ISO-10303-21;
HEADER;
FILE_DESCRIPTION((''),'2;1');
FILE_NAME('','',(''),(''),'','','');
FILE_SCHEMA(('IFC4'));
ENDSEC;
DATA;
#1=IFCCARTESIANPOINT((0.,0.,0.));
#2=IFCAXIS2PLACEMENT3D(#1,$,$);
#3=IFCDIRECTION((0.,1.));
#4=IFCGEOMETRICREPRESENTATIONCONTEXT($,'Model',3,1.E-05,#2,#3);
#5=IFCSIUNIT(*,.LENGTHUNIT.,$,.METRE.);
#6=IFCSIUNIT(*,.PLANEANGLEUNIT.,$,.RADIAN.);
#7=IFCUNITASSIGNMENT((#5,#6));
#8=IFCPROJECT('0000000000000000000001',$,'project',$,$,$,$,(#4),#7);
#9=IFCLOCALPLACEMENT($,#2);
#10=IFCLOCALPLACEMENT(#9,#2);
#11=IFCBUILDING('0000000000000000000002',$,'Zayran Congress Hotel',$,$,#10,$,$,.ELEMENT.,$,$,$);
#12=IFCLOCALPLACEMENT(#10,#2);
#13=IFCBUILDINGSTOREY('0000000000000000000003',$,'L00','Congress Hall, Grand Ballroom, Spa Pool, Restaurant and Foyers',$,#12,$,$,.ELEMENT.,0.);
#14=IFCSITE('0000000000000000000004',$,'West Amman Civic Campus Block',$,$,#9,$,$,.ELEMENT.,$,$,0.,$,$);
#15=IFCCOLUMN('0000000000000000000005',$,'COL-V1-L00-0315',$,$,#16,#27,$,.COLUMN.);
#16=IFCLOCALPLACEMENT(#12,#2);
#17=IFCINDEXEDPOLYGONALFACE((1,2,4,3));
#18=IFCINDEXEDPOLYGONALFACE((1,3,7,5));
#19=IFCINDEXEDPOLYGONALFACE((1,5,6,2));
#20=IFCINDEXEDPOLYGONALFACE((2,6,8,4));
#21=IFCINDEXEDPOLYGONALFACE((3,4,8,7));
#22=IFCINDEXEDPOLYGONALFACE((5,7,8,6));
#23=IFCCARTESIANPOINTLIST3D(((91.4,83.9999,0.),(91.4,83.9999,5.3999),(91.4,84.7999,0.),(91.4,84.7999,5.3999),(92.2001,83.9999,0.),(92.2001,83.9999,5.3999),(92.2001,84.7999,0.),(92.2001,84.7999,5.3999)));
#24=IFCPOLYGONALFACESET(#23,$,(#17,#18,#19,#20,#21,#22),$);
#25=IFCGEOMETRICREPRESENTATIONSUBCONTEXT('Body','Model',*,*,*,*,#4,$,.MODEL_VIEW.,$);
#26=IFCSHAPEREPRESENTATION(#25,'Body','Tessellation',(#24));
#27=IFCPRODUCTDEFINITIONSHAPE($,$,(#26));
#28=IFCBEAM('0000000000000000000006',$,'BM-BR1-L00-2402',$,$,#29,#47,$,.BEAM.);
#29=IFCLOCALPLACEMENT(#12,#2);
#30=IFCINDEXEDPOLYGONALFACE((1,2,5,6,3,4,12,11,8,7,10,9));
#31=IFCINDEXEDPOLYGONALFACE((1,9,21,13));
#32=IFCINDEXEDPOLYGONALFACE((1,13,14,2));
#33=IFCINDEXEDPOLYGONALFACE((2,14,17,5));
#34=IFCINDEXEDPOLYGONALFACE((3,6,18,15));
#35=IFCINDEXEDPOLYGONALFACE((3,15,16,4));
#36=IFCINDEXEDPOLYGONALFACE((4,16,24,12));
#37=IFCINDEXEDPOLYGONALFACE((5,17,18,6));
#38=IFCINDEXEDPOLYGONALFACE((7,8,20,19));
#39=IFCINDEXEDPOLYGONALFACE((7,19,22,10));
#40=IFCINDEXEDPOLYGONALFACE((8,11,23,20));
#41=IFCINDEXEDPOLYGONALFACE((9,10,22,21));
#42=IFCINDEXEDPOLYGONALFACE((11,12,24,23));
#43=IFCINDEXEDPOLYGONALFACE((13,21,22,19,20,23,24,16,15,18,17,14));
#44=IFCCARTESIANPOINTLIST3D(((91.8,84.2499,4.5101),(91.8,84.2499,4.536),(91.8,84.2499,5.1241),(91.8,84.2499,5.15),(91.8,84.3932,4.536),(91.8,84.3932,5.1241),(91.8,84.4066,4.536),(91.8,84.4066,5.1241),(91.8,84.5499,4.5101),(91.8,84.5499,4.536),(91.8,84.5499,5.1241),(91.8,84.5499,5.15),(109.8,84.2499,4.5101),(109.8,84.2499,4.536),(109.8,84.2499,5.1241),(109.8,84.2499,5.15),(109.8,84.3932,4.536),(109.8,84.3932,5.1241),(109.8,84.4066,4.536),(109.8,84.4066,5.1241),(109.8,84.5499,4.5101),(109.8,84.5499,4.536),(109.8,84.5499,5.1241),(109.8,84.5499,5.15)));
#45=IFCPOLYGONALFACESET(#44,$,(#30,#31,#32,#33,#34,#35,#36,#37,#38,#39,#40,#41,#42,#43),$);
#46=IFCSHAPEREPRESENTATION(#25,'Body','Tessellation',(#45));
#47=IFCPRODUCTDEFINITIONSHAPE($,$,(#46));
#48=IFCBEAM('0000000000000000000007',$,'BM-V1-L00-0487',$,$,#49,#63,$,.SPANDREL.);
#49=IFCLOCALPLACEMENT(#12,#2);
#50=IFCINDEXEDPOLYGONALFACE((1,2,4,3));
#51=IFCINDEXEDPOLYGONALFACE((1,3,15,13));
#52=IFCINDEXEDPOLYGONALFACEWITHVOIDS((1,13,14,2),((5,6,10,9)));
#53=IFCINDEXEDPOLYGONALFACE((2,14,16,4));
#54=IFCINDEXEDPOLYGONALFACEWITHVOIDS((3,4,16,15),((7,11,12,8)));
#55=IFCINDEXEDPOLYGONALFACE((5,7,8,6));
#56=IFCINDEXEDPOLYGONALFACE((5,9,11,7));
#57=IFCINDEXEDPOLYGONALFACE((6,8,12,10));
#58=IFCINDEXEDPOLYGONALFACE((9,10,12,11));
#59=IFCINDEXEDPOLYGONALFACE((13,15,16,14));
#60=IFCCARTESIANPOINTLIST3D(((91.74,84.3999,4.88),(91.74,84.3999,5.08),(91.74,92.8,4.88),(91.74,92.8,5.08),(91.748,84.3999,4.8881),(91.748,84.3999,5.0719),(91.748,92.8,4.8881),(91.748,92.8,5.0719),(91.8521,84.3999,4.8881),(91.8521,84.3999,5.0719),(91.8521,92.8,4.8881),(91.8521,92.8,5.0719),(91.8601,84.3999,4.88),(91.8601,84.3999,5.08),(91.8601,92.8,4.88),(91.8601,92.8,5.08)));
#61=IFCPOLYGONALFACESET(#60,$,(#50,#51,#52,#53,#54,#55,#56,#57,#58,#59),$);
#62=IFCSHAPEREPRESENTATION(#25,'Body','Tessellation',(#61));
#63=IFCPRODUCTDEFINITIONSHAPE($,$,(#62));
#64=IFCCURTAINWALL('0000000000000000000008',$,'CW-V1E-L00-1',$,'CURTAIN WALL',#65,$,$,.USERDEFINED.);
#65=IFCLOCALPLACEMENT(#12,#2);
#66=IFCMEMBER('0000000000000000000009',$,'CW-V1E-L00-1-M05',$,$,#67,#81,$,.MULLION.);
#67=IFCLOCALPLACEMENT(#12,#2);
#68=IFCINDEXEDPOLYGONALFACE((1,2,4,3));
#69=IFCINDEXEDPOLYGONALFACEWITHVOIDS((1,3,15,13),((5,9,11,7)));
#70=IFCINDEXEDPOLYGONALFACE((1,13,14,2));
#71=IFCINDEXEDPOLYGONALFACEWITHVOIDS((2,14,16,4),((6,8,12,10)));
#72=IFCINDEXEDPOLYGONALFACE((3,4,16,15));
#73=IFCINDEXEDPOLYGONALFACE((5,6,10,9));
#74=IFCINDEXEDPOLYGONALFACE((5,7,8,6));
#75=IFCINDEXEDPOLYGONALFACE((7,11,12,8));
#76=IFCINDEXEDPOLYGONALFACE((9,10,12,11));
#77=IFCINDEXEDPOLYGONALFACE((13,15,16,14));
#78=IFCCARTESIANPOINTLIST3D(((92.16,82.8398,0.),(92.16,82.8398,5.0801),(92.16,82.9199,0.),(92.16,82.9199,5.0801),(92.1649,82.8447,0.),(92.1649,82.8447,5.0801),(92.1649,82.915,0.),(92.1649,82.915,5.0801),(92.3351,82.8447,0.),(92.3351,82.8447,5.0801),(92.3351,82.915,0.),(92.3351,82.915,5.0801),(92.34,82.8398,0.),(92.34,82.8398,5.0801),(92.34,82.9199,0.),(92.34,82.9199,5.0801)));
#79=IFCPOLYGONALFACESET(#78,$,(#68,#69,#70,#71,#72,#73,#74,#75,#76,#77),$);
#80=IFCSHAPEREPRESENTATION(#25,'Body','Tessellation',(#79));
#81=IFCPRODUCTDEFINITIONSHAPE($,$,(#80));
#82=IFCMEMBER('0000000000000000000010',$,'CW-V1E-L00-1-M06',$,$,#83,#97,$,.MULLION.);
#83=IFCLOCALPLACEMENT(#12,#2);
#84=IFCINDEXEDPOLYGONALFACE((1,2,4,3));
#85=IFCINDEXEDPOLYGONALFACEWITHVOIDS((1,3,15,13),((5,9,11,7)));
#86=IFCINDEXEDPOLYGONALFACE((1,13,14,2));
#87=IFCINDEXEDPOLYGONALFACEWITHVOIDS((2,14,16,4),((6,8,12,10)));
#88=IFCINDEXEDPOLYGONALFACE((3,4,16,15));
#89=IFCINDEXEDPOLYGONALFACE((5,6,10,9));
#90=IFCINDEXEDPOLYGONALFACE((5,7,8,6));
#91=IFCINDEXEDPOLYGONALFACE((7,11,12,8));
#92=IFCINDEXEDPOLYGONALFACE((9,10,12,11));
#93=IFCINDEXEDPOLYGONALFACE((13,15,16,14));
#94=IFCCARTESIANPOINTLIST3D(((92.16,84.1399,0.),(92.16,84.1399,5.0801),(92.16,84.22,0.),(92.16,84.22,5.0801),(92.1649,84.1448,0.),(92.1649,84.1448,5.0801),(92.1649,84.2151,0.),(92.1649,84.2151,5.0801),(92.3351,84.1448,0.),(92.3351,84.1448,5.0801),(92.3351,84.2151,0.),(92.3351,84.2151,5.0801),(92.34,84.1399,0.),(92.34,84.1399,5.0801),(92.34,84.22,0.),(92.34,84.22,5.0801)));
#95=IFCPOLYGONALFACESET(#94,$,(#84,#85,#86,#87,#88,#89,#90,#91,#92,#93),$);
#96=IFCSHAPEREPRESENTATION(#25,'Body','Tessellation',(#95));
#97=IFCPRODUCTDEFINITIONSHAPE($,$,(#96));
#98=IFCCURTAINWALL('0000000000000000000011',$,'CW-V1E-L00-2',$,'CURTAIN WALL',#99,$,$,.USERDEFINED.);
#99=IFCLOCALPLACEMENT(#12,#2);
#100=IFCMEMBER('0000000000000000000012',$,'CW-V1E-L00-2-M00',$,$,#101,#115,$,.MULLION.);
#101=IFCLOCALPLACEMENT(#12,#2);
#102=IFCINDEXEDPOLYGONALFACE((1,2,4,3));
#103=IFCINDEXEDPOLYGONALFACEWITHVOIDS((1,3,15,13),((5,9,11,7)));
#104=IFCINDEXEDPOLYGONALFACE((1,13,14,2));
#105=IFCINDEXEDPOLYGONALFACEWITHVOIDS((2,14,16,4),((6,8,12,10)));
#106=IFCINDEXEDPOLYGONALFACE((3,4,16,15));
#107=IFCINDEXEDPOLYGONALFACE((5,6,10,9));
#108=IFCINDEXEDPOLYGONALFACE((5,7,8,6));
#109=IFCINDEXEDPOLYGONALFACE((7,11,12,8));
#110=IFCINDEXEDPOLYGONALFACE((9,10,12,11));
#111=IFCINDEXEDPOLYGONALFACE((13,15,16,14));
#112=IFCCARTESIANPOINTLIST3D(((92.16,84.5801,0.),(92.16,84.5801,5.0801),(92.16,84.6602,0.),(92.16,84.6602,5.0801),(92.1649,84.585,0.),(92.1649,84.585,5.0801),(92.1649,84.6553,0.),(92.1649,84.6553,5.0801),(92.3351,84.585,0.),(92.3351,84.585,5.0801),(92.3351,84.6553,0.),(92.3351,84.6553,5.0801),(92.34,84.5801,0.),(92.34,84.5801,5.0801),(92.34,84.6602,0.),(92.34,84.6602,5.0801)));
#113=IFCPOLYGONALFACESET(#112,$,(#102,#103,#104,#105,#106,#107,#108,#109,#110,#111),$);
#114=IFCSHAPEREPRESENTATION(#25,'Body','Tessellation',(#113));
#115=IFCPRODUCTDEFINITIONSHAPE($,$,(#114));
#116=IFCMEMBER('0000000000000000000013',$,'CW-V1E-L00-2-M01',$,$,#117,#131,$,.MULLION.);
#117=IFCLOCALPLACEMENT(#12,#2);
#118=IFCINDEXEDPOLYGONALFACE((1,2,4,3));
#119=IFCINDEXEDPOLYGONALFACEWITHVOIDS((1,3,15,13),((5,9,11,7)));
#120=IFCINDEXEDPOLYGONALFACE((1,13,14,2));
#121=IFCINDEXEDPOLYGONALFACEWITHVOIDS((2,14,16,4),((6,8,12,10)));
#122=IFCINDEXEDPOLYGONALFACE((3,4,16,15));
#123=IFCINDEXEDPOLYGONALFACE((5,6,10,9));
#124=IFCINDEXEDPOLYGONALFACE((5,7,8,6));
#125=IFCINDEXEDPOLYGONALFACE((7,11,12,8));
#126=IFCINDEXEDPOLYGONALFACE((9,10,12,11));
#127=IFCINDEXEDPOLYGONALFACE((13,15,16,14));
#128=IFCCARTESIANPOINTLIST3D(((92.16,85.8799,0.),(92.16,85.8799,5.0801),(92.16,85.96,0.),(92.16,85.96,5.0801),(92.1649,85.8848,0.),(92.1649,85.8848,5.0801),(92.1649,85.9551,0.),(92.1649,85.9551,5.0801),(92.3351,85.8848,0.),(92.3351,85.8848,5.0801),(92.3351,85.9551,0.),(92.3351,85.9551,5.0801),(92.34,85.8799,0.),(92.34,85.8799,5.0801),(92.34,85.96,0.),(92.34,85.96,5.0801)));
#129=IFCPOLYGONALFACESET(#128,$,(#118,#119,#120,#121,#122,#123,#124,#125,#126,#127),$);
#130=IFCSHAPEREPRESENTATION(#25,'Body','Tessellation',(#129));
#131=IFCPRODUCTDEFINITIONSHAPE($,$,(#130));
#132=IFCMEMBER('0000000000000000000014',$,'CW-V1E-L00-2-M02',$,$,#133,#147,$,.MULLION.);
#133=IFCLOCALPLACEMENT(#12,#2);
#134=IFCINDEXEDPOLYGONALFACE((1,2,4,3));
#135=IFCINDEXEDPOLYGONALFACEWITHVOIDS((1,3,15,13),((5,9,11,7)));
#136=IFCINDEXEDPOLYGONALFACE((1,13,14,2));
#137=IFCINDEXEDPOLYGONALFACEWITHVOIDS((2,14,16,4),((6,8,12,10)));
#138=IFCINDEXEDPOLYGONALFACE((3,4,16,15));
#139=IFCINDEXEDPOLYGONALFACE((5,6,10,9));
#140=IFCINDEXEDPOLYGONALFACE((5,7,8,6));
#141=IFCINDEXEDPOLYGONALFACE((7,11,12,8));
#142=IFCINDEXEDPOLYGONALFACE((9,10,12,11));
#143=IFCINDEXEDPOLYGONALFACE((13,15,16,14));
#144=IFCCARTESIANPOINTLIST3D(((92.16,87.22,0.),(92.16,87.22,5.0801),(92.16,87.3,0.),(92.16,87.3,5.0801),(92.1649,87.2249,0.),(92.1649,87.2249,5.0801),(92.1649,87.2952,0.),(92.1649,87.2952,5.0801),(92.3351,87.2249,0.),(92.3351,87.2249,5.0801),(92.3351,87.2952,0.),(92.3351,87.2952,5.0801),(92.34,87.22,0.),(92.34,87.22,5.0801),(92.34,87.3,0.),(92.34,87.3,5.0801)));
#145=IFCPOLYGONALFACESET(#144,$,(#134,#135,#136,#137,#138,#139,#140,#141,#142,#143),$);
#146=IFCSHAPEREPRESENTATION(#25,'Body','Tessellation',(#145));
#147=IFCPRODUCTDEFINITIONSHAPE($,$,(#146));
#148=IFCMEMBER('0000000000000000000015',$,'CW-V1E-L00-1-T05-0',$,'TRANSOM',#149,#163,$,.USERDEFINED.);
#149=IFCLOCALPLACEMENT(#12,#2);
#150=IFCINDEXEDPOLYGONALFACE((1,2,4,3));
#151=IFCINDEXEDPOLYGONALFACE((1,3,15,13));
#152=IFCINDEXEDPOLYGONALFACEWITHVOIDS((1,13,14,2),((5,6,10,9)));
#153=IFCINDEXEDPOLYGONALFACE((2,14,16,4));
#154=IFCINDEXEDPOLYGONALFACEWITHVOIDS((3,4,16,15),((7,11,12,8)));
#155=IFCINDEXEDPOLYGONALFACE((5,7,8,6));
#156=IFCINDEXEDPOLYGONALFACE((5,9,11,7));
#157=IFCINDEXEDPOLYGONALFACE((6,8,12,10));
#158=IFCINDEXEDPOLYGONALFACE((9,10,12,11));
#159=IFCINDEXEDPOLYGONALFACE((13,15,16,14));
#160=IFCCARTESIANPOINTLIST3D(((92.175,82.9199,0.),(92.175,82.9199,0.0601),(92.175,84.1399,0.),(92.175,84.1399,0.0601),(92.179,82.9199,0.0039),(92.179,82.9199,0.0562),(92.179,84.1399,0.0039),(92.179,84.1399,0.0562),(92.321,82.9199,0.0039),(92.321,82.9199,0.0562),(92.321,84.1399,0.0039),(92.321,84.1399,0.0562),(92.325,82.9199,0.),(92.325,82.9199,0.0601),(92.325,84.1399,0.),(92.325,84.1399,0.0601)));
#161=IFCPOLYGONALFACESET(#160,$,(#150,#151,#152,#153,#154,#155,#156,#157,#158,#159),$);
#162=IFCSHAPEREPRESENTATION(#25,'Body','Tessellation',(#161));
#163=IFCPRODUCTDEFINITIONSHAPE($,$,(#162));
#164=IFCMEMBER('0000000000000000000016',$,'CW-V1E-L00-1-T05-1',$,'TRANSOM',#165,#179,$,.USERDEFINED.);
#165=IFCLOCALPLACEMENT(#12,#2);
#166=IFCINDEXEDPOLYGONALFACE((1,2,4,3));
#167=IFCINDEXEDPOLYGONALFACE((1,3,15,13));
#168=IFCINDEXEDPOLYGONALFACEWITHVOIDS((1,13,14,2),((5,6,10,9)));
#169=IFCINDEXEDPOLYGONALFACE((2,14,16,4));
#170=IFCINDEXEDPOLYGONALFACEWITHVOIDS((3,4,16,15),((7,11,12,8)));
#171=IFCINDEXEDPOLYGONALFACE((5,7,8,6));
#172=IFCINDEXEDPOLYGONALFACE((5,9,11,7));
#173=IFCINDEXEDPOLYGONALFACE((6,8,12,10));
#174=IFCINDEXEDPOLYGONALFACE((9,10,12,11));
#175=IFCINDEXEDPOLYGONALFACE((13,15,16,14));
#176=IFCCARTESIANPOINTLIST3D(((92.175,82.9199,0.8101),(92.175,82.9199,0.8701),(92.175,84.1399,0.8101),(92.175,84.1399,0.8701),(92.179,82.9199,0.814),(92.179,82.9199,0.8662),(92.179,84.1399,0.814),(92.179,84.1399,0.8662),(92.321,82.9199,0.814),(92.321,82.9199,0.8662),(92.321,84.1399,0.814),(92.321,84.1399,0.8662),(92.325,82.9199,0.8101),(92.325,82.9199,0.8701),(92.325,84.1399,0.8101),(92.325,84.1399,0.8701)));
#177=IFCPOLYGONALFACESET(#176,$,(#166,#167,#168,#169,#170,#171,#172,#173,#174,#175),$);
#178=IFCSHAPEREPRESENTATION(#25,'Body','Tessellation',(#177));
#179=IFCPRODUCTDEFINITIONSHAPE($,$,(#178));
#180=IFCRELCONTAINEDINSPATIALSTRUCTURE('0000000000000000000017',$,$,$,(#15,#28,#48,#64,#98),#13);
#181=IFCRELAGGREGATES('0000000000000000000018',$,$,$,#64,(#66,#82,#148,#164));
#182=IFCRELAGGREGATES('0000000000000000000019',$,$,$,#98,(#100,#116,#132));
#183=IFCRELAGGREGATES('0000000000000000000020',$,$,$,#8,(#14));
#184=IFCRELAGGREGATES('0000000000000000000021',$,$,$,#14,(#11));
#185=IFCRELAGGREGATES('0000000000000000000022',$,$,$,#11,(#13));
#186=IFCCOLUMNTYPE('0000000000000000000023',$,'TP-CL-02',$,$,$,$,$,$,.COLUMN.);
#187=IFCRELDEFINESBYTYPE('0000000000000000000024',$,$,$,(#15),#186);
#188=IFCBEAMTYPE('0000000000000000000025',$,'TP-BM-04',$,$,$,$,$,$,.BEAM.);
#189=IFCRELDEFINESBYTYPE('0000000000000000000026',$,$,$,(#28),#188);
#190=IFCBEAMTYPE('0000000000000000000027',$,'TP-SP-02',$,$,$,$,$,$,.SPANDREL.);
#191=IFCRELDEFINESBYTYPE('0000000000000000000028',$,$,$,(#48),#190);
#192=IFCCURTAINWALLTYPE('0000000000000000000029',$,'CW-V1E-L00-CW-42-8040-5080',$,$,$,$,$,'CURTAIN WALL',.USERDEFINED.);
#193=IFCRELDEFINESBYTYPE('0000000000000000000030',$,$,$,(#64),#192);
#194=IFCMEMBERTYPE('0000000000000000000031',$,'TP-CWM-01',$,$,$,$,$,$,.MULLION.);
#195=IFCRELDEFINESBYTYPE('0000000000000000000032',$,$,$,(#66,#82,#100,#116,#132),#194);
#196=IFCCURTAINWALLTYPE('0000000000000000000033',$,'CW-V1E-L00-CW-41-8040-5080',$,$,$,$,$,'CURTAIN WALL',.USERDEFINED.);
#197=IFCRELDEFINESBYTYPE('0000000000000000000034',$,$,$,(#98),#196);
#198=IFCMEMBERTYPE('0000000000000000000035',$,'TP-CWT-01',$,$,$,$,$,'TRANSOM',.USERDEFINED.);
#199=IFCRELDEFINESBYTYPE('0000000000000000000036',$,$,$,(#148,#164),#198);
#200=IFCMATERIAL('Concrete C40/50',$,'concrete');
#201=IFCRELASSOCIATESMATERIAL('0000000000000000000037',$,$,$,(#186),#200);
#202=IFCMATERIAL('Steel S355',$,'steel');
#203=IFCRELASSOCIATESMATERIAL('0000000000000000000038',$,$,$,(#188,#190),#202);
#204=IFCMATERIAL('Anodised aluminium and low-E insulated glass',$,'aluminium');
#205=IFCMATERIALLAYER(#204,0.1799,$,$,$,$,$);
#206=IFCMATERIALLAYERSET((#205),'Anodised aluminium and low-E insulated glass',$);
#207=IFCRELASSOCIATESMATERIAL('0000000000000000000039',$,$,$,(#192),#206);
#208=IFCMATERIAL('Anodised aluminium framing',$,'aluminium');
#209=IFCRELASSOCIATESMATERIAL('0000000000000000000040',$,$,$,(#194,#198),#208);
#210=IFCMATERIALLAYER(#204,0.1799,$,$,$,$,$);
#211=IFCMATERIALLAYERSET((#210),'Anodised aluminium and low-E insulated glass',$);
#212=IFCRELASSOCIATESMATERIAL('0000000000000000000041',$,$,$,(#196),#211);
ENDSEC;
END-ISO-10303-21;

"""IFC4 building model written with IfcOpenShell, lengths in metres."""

from ifc_helpers import new_model, si_unit, direction, frame, origin, origin_2d, place, context, subcontext, project, spatial, rectangle, hollow_rectangle, i_section, extrude, material, layer, layer_set, material_profile, profile_set, type_object, element, aggregate, save


model = new_model("IFC4")

# Units and contexts
model_context = context("Model", 3, precision=1e-05, world=origin(), true_north=direction((0.0, 1.0)))
body_context = subcontext(model_context, "Body", "Model", "MODEL_VIEW")
ifc_project = project(units=[si_unit("LENGTHUNIT", "METRE"), si_unit("PLANEANGLEUNIT", "RADIAN")], contexts=[model_context])

# Site, building, storey
site_placement = place(None, origin())
site = spatial("IfcSite", under=ifc_project, at=site_placement, Name="West Amman Civic Campus Block", CompositionType="ELEMENT", RefElevation=0.0)
building_placement = place(site_placement, origin())
building = spatial("IfcBuilding", under=site, at=building_placement, Name="Zayran Congress Hotel", CompositionType="ELEMENT")
storey_placement = place(building_placement, origin())
storey = spatial("IfcBuildingStorey", under=building, at=storey_placement, Name="L00", Description="Congress Hall, Grand Ballroom, Spa Pool, Restaurant and Foyers", CompositionType="ELEMENT", Elevation=0.0)

# Column
ifc_material_1 = material(Name="Concrete C40/50", Category="concrete")
ifc_material_profile_1 = material_profile(ifc_material_1, rectangle(XDim=0.8, YDim=0.8, at=origin_2d()), Name="RC 800x800")
ifc_profile_set_1 = profile_set([ifc_material_profile_1], Name="Concrete C40/50")
column_type = type_object("IfcColumnType", Name="TP-CL-02", PredefinedType="COLUMN", material=ifc_profile_set_1)
column_placement = place(storey_placement, frame((91.8, 84.3999, 0.0), z_axis=(0.0, 0.0, 1.0), x_axis=(1.0, 0.0, 0.0)))
element("IfcColumn", 1, at=column_placement, inside=storey, type_object=column_type, Name="COL-V1-L00-0315", PredefinedType="COLUMN", context=body_context, shape_type="SweptSolid", body=[
    extrude(rectangle(XDim=0.8, YDim=0.8, at=origin_2d()), origin(), (0.0, 0.0, 1.0), 5.3999),
])

# Beams
ifc_material_2 = material(Name="Steel S355", Category="steel")
ifc_material_profile_2 = material_profile(ifc_material_2, i_section(OverallWidth=0.3, OverallDepth=0.6399, WebThickness=0.0134, FlangeThickness=0.0259, at=origin_2d()), Name="HEA 650")
ifc_profile_set_2 = profile_set([ifc_material_profile_2], Name="Steel S355")
beam_type_1 = type_object("IfcBeamType", Name="TP-BM-04", PredefinedType="BEAM", material=ifc_profile_set_2)
beam_1_placement = place(storey_placement, frame((91.8, 84.3999, 4.8301), z_axis=(1.0, 0.0, 0.0), x_axis=(0.0, 1.0, 0.0)))
element("IfcBeam", 2, at=beam_1_placement, inside=storey, type_object=beam_type_1, Name="BM-BR1-L00-2402", PredefinedType="BEAM", context=body_context, shape_type="SweptSolid", body=[
    extrude(i_section(OverallWidth=0.3, OverallDepth=0.6399, WebThickness=0.0134, FlangeThickness=0.0259, at=origin_2d()), origin(), (0.0, 0.0, 1.0), 18.0),
])
ifc_material_profile_3 = material_profile(ifc_material_2, hollow_rectangle(XDim=0.1201, YDim=0.2, WallThickness=0.0081, at=origin_2d()), Name="RHS 200x120x8")
ifc_profile_set_3 = profile_set([ifc_material_profile_3], Name="Steel S355")
beam_type_2 = type_object("IfcBeamType", Name="TP-SP-02", PredefinedType="SPANDREL", material=ifc_profile_set_3)
beam_2_placement = place(storey_placement, frame((91.8, 84.3999, 4.98), z_axis=(0.0, 1.0, 0.0), x_axis=(-1.0, 0.0, 0.0)))
element("IfcBeam", 3, at=beam_2_placement, inside=storey, type_object=beam_type_2, Name="BM-V1-L00-0487", PredefinedType="SPANDREL", context=body_context, shape_type="SweptSolid", body=[
    extrude(hollow_rectangle(XDim=0.1201, YDim=0.2, WallThickness=0.0081, at=origin_2d()), origin(), (0.0, 0.0, 1.0), 8.4001),
])

# Curtain walls, members
ifc_material_3 = material(Name="Anodised aluminium and low-E insulated glass", Category="aluminium")
ifc_layer_1 = layer(ifc_material_3, 0.1799)
ifc_layer_set_1 = layer_set([ifc_layer_1], Name="Anodised aluminium and low-E insulated glass")
curtain_wall_type_1 = type_object("IfcCurtainWallType", Name="CW-V1E-L00-CW-42-8040-5080", ElementType="CURTAIN WALL", PredefinedType="USERDEFINED", material=ifc_layer_set_1)
curtain_wall_1_placement = place(storey_placement, origin())
curtain_wall_1 = element("IfcCurtainWall", 4, at=curtain_wall_1_placement, inside=storey, type_object=curtain_wall_type_1, Name="CW-V1E-L00-1", ObjectType="CURTAIN WALL", PredefinedType="USERDEFINED")
ifc_material_4 = material(Name="Anodised aluminium framing", Category="aluminium")
ifc_material_profile_4 = material_profile(ifc_material_4, hollow_rectangle(XDim=0.0801, YDim=0.1799, WallThickness=0.0049, at=origin_2d()), Name="RHS 180x80x5")
ifc_profile_set_4 = profile_set([ifc_material_profile_4], Name="Anodised aluminium framing")
member_type_1 = type_object("IfcMemberType", Name="TP-CWM-01", PredefinedType="MULLION", material=ifc_profile_set_4)
member_1_placement = place(storey_placement, frame((92.25, 82.8799, 0.0), z_axis=(0.0, 0.0, 1.0), x_axis=(0.0, 1.0, 0.0)))
member_1 = element("IfcMember", 5, at=member_1_placement, type_object=member_type_1, Name="CW-V1E-L00-1-M05", PredefinedType="MULLION", context=body_context, shape_type="SweptSolid", body=[
    extrude(hollow_rectangle(XDim=0.0801, YDim=0.1799, WallThickness=0.0049, at=origin_2d()), origin(), (0.0, 0.0, 1.0), 5.0801),
])
member_2_placement = place(storey_placement, frame((92.25, 84.1799, 0.0), z_axis=(0.0, 0.0, 1.0), x_axis=(0.0, 1.0, 0.0)))
member_2 = element("IfcMember", 6, at=member_2_placement, type_object=member_type_1, Name="CW-V1E-L00-1-M06", PredefinedType="MULLION", context=body_context, shape_type="SweptSolid", body=[
    extrude(hollow_rectangle(XDim=0.0801, YDim=0.1799, WallThickness=0.0049, at=origin_2d()), origin(), (0.0, 0.0, 1.0), 5.0801),
])
ifc_layer_2 = layer(ifc_material_3, 0.1799)
ifc_layer_set_2 = layer_set([ifc_layer_2], Name="Anodised aluminium and low-E insulated glass")
curtain_wall_type_2 = type_object("IfcCurtainWallType", Name="CW-V1E-L00-CW-41-8040-5080", ElementType="CURTAIN WALL", PredefinedType="USERDEFINED", material=ifc_layer_set_2)
curtain_wall_2_placement = place(storey_placement, origin())
curtain_wall_2 = element("IfcCurtainWall", 7, at=curtain_wall_2_placement, inside=storey, type_object=curtain_wall_type_2, Name="CW-V1E-L00-2", ObjectType="CURTAIN WALL", PredefinedType="USERDEFINED")
member_3_placement = place(storey_placement, frame((92.25, 84.6201, 0.0), z_axis=(0.0, 0.0, 1.0), x_axis=(0.0, 1.0, 0.0)))
member_3 = element("IfcMember", 8, at=member_3_placement, type_object=member_type_1, Name="CW-V1E-L00-2-M00", PredefinedType="MULLION", context=body_context, shape_type="SweptSolid", body=[
    extrude(hollow_rectangle(XDim=0.0801, YDim=0.1799, WallThickness=0.0049, at=origin_2d()), origin(), (0.0, 0.0, 1.0), 5.0801),
])
member_4_placement = place(storey_placement, frame((92.25, 85.9199, 0.0), z_axis=(0.0, 0.0, 1.0), x_axis=(0.0, 1.0, 0.0)))
member_4 = element("IfcMember", 9, at=member_4_placement, type_object=member_type_1, Name="CW-V1E-L00-2-M01", PredefinedType="MULLION", context=body_context, shape_type="SweptSolid", body=[
    extrude(hollow_rectangle(XDim=0.0801, YDim=0.1799, WallThickness=0.0049, at=origin_2d()), origin(), (0.0, 0.0, 1.0), 5.0801),
])
member_5_placement = place(storey_placement, frame((92.25, 87.26, 0.0), z_axis=(0.0, 0.0, 1.0), x_axis=(0.0, 1.0, 0.0)))
member_5 = element("IfcMember", 10, at=member_5_placement, type_object=member_type_1, Name="CW-V1E-L00-2-M02", PredefinedType="MULLION", context=body_context, shape_type="SweptSolid", body=[
    extrude(hollow_rectangle(XDim=0.0801, YDim=0.1799, WallThickness=0.0049, at=origin_2d()), origin(), (0.0, 0.0, 1.0), 5.0801),
])

# Members
ifc_material_profile_5 = material_profile(ifc_material_4, hollow_rectangle(XDim=0.0601, YDim=0.1499, WallThickness=0.0039, at=origin_2d()), Name="RHS 150x60x4")
ifc_profile_set_5 = profile_set([ifc_material_profile_5], Name="Anodised aluminium framing")
member_type_2 = type_object("IfcMemberType", Name="TP-CWT-01", ElementType="TRANSOM", PredefinedType="USERDEFINED", material=ifc_profile_set_5)
member_6_placement = place(storey_placement, frame((92.25, 82.9199, 0.03), z_axis=(0.0, 1.0, 0.0), x_axis=(0.0, 0.0, 1.0)))
member_6 = element("IfcMember", 11, at=member_6_placement, type_object=member_type_2, Name="CW-V1E-L00-1-T05-0", ObjectType="TRANSOM", PredefinedType="USERDEFINED", context=body_context, shape_type="SweptSolid", body=[
    extrude(hollow_rectangle(XDim=0.0601, YDim=0.1499, WallThickness=0.0039, at=origin_2d()), origin(), (0.0, 0.0, 1.0), 1.22),
])
member_7_placement = place(storey_placement, frame((92.25, 82.9199, 0.8401), z_axis=(0.0, 1.0, 0.0), x_axis=(0.0, 0.0, 1.0)))
member_7 = element("IfcMember", 12, at=member_7_placement, type_object=member_type_2, Name="CW-V1E-L00-1-T05-1", ObjectType="TRANSOM", PredefinedType="USERDEFINED", context=body_context, shape_type="SweptSolid", body=[
    extrude(hollow_rectangle(XDim=0.0601, YDim=0.1499, WallThickness=0.0039, at=origin_2d()), origin(), (0.0, 0.0, 1.0), 1.22),
])

aggregate(curtain_wall_1, [member_1, member_2, member_6, member_7])
aggregate(curtain_wall_2, [member_3, member_4, member_5])

save(model, "model.ifc")
